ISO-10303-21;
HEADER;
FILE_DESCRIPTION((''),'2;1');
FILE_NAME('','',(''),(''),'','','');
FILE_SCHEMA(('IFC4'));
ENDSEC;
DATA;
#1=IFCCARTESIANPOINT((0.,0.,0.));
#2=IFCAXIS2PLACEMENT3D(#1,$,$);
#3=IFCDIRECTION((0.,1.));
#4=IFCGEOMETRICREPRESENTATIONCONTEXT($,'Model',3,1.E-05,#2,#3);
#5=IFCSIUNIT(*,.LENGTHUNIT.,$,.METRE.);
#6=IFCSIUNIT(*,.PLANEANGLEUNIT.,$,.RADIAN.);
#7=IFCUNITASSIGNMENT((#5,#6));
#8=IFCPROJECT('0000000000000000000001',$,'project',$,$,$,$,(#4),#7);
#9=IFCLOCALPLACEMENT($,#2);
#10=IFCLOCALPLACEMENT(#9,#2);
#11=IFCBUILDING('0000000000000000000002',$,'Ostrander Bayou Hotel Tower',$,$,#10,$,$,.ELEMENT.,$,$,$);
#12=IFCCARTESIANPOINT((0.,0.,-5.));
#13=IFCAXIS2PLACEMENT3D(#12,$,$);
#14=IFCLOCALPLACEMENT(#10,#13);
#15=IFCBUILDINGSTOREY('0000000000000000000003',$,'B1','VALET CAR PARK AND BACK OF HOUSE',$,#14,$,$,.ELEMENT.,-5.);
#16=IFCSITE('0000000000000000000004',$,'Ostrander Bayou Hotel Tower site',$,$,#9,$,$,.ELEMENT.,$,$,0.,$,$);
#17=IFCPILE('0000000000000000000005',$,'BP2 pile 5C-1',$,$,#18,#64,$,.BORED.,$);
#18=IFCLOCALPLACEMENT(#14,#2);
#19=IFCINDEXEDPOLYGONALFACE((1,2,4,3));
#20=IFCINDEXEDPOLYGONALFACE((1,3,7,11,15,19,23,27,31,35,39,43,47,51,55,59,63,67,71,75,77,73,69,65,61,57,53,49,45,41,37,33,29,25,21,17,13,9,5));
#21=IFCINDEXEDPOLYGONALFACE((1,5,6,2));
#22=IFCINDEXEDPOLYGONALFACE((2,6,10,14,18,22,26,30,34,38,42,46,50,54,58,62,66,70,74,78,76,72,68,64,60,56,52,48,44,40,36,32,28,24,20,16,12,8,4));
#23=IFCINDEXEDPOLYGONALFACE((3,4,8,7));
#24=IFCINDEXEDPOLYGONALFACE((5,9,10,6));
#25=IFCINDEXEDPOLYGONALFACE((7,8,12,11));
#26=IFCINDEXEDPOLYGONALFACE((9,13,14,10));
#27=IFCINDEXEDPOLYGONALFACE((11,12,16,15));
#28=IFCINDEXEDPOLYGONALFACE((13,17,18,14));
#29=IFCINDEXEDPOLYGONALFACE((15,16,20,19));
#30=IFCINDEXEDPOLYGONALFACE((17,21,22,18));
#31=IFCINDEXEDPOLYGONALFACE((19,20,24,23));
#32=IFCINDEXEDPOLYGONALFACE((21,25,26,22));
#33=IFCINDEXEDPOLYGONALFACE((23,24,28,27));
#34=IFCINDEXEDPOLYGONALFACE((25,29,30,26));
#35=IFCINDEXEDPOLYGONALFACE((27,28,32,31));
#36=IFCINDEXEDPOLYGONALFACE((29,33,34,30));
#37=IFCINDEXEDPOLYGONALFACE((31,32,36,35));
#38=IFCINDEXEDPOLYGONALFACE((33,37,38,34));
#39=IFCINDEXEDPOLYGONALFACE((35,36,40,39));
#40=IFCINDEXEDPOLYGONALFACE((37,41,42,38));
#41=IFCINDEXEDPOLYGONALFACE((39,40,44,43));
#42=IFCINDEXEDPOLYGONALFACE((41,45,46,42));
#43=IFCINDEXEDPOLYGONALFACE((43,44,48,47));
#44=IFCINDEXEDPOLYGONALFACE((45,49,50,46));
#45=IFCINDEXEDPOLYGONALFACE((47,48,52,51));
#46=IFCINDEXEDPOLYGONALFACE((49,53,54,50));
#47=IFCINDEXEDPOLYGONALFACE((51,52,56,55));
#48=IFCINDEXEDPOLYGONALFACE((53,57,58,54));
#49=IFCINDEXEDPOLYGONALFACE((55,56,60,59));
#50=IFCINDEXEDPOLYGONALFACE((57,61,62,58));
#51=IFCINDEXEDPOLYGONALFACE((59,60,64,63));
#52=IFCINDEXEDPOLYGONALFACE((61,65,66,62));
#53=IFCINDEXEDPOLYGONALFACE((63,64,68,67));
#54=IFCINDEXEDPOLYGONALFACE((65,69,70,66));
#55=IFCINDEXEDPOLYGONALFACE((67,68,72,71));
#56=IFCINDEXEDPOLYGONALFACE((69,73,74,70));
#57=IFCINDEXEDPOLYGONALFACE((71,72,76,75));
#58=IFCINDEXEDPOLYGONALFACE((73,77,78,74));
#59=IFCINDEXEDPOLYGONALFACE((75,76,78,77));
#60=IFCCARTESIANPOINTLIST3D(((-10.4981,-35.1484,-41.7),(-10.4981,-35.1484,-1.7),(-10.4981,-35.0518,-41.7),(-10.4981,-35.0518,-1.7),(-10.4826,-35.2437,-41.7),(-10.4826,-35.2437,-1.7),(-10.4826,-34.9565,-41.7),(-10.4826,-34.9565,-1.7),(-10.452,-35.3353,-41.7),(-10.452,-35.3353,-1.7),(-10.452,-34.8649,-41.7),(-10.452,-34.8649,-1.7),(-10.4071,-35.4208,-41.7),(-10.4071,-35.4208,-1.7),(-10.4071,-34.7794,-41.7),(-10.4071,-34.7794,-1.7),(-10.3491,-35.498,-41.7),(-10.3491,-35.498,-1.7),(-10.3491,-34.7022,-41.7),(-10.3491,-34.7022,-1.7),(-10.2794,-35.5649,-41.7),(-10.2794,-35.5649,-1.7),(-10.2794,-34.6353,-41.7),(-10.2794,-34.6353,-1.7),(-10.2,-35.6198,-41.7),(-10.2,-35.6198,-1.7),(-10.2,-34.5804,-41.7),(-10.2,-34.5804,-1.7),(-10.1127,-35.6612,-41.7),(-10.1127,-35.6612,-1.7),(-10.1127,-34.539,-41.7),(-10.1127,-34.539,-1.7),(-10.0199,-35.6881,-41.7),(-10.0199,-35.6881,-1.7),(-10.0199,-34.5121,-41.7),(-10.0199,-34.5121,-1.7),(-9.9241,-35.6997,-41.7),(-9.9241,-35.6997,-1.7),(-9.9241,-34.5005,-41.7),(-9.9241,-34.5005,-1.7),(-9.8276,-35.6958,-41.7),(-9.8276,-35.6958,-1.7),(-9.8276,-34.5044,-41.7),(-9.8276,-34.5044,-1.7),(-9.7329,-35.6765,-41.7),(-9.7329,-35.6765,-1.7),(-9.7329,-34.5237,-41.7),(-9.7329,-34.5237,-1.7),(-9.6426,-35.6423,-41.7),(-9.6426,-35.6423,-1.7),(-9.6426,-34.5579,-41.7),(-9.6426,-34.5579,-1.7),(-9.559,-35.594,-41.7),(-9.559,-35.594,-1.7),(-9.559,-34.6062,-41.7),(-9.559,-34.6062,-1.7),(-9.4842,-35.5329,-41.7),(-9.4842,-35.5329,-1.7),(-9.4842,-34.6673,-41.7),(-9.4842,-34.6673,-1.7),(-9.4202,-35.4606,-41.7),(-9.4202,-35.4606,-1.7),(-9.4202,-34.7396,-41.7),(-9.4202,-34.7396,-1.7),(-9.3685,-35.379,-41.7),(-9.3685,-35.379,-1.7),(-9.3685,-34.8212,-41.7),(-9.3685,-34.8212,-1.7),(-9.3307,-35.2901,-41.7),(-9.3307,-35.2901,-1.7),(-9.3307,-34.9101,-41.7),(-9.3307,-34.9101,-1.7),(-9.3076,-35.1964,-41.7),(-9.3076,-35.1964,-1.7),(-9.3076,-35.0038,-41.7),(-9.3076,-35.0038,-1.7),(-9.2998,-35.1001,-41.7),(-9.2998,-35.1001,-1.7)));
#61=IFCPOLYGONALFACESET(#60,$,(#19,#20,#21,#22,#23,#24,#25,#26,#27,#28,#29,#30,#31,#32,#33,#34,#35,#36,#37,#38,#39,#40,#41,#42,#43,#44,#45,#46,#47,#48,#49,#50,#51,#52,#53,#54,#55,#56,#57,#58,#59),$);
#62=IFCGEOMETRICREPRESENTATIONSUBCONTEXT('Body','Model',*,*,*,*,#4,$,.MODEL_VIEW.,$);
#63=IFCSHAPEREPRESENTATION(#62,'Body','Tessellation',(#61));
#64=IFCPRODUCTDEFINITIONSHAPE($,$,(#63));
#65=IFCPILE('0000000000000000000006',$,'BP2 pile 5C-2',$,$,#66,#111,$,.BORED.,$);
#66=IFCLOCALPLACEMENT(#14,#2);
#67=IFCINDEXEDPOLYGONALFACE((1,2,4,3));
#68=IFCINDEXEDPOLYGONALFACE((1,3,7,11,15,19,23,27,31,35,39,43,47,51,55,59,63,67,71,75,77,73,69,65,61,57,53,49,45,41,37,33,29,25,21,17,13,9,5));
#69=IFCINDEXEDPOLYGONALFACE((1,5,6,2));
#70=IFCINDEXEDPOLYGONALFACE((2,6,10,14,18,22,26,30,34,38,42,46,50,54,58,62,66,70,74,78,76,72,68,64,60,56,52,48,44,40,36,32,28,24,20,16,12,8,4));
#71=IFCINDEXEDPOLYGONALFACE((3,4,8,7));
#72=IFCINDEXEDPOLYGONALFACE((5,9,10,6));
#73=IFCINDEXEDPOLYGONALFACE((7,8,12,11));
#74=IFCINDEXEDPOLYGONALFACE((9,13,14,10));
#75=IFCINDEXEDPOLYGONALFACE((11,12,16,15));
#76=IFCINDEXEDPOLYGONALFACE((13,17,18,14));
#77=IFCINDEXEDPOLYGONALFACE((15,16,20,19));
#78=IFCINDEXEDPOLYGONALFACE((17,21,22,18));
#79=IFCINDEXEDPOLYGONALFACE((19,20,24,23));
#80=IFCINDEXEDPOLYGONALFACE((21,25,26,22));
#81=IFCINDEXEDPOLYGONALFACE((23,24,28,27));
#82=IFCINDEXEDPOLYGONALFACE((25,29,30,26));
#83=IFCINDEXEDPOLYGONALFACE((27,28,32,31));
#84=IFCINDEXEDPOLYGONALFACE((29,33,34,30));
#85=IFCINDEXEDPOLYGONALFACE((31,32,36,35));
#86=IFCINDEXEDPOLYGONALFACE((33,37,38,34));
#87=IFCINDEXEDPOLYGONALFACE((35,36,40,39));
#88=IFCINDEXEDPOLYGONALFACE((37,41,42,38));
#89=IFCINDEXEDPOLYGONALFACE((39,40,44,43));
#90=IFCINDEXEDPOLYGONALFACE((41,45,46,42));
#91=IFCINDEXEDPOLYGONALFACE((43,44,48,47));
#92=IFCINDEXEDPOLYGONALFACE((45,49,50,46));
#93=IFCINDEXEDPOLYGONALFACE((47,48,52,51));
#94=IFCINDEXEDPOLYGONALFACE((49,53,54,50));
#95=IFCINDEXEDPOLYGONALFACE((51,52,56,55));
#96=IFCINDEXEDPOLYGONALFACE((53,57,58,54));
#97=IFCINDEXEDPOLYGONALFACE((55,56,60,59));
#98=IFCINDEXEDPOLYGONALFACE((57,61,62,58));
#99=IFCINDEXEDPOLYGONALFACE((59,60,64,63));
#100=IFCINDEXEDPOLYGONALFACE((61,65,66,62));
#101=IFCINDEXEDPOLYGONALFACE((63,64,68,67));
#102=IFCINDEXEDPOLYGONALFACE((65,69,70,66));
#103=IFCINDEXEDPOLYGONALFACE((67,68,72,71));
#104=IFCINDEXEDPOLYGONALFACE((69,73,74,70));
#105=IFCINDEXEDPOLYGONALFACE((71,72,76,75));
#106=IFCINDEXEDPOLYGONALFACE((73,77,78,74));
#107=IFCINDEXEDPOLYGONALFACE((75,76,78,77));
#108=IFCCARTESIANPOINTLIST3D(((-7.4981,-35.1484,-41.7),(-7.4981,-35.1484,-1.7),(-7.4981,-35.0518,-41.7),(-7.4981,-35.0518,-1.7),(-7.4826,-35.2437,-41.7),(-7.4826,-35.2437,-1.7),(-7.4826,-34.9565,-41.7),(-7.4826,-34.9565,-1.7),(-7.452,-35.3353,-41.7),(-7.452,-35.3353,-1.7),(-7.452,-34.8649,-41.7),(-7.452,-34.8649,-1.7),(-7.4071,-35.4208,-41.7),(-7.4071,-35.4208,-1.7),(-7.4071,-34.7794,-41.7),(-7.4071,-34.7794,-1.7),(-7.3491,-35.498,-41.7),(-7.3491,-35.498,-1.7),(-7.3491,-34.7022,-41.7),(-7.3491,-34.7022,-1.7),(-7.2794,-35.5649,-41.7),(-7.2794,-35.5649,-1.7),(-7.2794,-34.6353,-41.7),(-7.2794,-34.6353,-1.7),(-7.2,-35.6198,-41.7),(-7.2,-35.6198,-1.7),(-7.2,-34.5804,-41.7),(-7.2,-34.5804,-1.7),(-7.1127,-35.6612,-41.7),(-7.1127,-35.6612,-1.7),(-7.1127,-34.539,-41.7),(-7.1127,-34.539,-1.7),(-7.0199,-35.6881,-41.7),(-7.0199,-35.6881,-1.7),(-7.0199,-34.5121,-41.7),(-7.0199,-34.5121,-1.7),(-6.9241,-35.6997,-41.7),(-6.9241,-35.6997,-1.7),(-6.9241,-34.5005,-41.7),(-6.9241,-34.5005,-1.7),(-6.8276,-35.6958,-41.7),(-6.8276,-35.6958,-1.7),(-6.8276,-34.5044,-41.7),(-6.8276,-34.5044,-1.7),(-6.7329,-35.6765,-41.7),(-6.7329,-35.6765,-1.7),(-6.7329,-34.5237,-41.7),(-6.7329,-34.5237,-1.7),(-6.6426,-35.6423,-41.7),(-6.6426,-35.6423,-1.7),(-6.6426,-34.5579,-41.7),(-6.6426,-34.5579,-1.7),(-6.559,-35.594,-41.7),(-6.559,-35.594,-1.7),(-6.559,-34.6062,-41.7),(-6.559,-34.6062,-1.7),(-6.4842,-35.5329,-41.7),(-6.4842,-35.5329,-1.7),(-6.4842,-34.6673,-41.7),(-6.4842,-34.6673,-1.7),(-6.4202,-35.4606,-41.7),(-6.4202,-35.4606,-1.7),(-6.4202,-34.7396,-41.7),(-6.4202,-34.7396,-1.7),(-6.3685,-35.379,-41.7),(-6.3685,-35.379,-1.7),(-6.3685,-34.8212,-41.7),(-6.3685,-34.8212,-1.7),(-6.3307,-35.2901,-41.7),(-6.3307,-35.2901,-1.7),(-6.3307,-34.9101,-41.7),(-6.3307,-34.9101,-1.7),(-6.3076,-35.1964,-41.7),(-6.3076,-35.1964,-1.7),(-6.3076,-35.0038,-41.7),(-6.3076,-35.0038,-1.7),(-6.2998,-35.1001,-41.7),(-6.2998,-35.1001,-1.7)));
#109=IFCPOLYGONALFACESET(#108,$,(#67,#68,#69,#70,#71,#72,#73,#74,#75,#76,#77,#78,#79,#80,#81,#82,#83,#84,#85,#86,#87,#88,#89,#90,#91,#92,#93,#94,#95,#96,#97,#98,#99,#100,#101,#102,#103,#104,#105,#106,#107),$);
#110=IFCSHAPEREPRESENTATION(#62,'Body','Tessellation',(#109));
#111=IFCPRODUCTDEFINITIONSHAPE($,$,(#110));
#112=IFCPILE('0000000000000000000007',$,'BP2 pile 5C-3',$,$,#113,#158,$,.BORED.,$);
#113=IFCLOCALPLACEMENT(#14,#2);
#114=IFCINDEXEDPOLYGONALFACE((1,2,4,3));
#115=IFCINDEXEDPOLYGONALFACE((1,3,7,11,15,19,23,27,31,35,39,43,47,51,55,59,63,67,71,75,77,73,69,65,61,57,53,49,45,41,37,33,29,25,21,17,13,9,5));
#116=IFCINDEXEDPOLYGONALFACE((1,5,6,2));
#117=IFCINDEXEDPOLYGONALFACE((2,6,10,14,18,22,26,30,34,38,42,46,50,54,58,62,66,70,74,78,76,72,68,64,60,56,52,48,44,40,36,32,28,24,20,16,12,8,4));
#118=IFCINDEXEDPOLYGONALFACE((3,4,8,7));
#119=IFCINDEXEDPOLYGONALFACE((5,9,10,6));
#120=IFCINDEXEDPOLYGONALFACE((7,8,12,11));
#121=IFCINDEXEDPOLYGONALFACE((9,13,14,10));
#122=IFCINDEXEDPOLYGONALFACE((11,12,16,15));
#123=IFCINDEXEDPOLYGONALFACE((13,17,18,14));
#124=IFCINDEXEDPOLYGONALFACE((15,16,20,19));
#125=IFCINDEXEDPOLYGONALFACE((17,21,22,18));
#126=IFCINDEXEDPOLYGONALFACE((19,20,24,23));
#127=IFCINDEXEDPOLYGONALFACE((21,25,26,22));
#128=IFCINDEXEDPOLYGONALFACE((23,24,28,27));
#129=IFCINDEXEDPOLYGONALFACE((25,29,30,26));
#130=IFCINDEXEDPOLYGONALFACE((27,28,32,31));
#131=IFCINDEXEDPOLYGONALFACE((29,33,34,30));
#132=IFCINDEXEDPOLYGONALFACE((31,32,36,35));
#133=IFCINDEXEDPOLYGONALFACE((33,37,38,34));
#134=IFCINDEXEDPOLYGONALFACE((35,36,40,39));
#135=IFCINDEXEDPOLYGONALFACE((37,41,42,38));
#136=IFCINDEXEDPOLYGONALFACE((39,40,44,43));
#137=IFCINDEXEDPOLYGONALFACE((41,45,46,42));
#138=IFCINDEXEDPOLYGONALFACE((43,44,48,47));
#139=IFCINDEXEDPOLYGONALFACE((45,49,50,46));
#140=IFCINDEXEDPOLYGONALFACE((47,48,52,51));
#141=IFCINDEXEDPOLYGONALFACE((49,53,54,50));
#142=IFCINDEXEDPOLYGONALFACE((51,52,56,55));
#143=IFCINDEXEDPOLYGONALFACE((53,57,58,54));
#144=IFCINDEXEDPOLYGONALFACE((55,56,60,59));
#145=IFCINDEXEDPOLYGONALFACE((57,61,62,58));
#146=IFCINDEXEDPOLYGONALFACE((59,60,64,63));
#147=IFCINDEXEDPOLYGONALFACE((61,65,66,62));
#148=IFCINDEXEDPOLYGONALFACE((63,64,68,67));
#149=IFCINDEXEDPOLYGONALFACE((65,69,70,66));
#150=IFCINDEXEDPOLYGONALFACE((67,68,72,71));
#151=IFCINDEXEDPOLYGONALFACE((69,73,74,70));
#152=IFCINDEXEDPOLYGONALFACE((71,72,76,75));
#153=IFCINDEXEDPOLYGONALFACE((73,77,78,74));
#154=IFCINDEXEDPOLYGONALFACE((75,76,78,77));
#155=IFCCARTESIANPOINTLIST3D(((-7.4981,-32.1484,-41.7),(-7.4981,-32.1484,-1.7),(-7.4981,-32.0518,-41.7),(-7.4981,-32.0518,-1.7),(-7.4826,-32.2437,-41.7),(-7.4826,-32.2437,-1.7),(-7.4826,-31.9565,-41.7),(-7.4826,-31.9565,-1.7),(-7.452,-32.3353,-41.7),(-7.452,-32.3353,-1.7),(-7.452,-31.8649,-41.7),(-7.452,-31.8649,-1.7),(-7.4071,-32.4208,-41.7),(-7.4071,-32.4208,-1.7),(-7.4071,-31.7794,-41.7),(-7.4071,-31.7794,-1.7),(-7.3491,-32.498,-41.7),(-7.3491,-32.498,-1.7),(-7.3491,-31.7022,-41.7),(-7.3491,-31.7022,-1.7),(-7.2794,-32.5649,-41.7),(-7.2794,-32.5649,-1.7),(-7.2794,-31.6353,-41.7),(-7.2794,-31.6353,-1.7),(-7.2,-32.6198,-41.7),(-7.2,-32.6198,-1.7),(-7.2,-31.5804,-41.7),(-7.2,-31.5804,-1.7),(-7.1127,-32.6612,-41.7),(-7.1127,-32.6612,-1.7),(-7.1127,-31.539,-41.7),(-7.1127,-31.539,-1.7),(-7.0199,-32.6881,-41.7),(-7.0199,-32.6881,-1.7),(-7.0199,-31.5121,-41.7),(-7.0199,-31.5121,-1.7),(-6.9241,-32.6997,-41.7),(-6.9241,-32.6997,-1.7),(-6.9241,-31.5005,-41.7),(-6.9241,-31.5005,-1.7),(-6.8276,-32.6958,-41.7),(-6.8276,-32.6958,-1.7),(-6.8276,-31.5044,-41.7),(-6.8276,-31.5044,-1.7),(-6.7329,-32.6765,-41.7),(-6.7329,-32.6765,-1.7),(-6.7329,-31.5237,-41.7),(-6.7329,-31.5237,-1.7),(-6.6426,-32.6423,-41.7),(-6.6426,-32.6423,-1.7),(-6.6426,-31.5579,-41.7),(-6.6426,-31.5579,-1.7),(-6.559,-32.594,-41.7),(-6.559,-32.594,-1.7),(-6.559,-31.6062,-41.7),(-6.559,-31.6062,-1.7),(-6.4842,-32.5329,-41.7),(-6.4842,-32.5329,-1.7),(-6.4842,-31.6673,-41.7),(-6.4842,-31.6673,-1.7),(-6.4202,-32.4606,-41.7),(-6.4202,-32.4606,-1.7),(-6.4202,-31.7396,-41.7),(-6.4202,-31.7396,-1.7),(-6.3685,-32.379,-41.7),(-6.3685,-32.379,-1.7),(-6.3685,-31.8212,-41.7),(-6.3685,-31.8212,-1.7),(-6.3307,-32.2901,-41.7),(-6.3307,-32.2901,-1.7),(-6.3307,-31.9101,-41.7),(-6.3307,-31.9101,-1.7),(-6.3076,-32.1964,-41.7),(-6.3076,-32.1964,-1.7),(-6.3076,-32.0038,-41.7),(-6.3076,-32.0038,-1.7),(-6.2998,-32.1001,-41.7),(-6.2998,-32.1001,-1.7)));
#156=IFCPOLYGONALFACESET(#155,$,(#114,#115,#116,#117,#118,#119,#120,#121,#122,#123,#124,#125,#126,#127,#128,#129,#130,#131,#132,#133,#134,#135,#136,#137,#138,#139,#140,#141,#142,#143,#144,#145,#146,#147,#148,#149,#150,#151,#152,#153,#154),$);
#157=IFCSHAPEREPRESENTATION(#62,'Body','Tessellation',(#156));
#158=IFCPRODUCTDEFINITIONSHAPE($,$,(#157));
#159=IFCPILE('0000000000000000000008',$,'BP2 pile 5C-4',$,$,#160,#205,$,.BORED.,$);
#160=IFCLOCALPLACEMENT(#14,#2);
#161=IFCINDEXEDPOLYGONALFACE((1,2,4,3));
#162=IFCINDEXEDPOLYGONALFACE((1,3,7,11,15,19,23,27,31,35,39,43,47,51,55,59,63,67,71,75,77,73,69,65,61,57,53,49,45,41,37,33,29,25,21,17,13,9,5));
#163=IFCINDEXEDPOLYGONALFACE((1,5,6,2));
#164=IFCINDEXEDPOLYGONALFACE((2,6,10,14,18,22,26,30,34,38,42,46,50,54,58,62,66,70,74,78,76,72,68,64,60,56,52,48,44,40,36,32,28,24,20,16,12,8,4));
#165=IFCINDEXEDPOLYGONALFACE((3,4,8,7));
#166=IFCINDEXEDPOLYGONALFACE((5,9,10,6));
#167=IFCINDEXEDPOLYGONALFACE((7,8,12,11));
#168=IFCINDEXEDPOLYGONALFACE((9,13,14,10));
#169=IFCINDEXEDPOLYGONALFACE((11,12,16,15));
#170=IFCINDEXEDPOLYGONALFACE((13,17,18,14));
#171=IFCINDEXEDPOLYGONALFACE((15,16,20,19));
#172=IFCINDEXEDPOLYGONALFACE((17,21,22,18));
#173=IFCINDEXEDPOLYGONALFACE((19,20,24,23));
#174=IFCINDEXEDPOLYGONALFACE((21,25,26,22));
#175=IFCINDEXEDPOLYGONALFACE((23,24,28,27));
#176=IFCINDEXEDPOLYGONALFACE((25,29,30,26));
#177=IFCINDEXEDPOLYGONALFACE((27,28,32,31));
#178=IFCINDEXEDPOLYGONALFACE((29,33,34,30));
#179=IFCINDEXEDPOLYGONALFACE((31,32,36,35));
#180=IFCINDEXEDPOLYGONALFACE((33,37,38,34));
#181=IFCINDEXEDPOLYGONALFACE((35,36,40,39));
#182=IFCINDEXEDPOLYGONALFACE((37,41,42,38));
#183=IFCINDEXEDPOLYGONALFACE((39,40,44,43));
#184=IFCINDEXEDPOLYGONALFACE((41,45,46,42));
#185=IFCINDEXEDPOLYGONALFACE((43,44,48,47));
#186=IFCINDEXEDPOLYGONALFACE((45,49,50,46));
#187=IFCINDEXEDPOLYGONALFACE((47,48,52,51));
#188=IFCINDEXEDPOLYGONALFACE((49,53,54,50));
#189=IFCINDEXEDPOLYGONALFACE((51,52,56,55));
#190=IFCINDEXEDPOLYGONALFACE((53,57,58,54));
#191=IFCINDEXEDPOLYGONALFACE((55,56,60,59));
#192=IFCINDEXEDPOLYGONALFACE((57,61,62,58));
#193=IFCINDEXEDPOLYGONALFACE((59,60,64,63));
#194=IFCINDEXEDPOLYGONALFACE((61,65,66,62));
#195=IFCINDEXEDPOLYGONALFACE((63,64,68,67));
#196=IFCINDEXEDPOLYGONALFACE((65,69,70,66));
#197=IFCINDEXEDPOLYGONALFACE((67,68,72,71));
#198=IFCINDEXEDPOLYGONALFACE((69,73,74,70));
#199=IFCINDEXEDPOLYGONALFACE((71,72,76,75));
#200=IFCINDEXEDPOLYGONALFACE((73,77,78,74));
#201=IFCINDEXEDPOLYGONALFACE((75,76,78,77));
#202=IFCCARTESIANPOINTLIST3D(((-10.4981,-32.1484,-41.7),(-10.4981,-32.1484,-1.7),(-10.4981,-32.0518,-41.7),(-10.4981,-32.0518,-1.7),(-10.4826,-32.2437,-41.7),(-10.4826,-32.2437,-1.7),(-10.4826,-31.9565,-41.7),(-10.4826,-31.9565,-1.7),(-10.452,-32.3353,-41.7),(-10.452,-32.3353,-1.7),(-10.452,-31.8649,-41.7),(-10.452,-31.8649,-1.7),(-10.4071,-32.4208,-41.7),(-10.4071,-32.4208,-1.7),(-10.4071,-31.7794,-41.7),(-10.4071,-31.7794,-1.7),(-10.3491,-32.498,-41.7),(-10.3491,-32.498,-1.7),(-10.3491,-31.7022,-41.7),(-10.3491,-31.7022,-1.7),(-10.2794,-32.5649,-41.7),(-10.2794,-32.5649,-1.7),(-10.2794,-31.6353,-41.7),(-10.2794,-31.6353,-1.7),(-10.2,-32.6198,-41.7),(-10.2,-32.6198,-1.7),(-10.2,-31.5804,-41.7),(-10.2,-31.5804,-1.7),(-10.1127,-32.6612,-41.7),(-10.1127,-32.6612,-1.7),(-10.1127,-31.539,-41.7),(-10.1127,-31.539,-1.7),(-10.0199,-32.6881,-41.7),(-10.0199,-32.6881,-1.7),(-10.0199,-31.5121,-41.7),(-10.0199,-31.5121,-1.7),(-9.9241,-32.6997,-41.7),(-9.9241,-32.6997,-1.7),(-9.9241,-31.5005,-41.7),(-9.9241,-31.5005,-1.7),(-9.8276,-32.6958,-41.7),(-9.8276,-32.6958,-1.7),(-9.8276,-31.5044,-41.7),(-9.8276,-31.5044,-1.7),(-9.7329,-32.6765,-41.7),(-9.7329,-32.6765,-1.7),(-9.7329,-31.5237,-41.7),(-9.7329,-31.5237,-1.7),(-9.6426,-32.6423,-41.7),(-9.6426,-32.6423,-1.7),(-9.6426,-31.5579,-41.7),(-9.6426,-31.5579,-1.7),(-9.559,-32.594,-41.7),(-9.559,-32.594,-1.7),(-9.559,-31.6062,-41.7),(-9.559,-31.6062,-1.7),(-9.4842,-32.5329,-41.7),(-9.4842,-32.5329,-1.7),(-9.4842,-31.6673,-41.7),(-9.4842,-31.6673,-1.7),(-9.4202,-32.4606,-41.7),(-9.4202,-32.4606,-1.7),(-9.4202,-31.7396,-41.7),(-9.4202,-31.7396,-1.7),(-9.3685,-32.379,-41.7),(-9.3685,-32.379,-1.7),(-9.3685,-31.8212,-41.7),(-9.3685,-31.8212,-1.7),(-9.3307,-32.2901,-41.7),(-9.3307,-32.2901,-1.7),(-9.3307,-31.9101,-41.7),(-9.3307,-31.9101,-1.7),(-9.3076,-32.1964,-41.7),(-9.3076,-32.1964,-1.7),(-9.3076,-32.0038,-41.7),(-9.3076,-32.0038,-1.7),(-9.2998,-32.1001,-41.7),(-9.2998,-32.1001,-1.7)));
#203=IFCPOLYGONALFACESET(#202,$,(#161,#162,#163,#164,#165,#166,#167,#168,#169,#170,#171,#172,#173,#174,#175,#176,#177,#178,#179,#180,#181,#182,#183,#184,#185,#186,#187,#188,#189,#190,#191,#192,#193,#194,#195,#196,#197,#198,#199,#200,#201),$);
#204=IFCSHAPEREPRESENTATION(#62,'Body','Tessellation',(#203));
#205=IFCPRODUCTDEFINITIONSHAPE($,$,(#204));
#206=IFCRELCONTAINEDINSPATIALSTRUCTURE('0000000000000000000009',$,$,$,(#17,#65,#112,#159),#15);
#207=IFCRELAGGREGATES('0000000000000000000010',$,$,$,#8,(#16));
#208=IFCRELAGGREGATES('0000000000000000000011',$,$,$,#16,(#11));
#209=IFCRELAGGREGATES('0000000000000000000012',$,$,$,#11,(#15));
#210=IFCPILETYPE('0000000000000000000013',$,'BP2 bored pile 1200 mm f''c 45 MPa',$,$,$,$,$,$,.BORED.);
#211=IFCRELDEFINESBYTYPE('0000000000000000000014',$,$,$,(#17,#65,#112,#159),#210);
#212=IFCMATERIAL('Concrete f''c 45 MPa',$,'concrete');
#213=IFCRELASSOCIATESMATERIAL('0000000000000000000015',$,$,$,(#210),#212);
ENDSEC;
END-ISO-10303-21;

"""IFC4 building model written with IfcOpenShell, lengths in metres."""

from ifc_helpers import new_model, si_unit, direction, frame, origin, origin_2d, place, context, subcontext, project, spatial, circle, extrude, material, material_profile, profile_set, type_object, element, save


model = new_model("IFC4")

# Units and contexts
model_context = context("Model", 3, precision=1e-05, world=origin(), true_north=direction((0.0, 1.0)))
body_context = subcontext(model_context, "Body", "Model", "MODEL_VIEW")
ifc_project = project(units=[si_unit("LENGTHUNIT", "METRE"), si_unit("PLANEANGLEUNIT", "RADIAN")], contexts=[model_context])

# Site, building, storey
site_placement = place(None, origin())
site = spatial("IfcSite", under=ifc_project, at=site_placement, Name="Ostrander Bayou Hotel Tower site", CompositionType="ELEMENT", RefElevation=0.0)
building_placement = place(site_placement, origin())
building = spatial("IfcBuilding", under=site, at=building_placement, Name="Ostrander Bayou Hotel Tower", CompositionType="ELEMENT")
storey_placement = place(building_placement, frame((0.0, 0.0, -5.0)))
storey = spatial("IfcBuildingStorey", under=building, at=storey_placement, Name="B1", Description="VALET CAR PARK AND BACK OF HOUSE", CompositionType="ELEMENT", Elevation=-5.0)

# Piles
ifc_material_1 = material(Name="Concrete f'c 45 MPa", Category="concrete")
ifc_material_profile_1 = material_profile(ifc_material_1, circle(Radius=0.6001, at=origin_2d()))
ifc_profile_set_1 = profile_set([ifc_material_profile_1], Name="Concrete f'c 45 MPa")
pile_type = type_object("IfcPileType", Name="BP2 bored pile 1200 mm f'c 45 MPa", PredefinedType="BORED", material=ifc_profile_set_1)
for number, where, z_axis, x_axis, name in (
    (1, (-9.8999, -35.1001, -1.7), (0.0, 0.0, -1.0), (1.0, 0.0, 0.0), "BP2 pile 5C-1"),
    (2, (-6.8999, -35.1001, -1.7), (0.0, 0.0, -1.0), (1.0, 0.0, 0.0), "BP2 pile 5C-2"),
    (3, (-6.8999, -32.1001, -1.7), (0.0, 0.0, -1.0), (1.0, 0.0, 0.0), "BP2 pile 5C-3"),
    (4, (-9.8999, -32.1001, -1.7), (0.0, 0.0, -1.0), (1.0, 0.0, 0.0), "BP2 pile 5C-4"),
):
    element("IfcPile", number, at=place(storey_placement, frame(where, z_axis=z_axis, x_axis=x_axis)), inside=storey, type_object=pile_type, Name=name, PredefinedType="BORED", context=body_context, shape_type="SweptSolid", body=[
        extrude(circle(Radius=0.6001, at=origin_2d()), origin(), (0.0, 0.0, 1.0), 40.0),
    ])

save(model, "model.ifc")
